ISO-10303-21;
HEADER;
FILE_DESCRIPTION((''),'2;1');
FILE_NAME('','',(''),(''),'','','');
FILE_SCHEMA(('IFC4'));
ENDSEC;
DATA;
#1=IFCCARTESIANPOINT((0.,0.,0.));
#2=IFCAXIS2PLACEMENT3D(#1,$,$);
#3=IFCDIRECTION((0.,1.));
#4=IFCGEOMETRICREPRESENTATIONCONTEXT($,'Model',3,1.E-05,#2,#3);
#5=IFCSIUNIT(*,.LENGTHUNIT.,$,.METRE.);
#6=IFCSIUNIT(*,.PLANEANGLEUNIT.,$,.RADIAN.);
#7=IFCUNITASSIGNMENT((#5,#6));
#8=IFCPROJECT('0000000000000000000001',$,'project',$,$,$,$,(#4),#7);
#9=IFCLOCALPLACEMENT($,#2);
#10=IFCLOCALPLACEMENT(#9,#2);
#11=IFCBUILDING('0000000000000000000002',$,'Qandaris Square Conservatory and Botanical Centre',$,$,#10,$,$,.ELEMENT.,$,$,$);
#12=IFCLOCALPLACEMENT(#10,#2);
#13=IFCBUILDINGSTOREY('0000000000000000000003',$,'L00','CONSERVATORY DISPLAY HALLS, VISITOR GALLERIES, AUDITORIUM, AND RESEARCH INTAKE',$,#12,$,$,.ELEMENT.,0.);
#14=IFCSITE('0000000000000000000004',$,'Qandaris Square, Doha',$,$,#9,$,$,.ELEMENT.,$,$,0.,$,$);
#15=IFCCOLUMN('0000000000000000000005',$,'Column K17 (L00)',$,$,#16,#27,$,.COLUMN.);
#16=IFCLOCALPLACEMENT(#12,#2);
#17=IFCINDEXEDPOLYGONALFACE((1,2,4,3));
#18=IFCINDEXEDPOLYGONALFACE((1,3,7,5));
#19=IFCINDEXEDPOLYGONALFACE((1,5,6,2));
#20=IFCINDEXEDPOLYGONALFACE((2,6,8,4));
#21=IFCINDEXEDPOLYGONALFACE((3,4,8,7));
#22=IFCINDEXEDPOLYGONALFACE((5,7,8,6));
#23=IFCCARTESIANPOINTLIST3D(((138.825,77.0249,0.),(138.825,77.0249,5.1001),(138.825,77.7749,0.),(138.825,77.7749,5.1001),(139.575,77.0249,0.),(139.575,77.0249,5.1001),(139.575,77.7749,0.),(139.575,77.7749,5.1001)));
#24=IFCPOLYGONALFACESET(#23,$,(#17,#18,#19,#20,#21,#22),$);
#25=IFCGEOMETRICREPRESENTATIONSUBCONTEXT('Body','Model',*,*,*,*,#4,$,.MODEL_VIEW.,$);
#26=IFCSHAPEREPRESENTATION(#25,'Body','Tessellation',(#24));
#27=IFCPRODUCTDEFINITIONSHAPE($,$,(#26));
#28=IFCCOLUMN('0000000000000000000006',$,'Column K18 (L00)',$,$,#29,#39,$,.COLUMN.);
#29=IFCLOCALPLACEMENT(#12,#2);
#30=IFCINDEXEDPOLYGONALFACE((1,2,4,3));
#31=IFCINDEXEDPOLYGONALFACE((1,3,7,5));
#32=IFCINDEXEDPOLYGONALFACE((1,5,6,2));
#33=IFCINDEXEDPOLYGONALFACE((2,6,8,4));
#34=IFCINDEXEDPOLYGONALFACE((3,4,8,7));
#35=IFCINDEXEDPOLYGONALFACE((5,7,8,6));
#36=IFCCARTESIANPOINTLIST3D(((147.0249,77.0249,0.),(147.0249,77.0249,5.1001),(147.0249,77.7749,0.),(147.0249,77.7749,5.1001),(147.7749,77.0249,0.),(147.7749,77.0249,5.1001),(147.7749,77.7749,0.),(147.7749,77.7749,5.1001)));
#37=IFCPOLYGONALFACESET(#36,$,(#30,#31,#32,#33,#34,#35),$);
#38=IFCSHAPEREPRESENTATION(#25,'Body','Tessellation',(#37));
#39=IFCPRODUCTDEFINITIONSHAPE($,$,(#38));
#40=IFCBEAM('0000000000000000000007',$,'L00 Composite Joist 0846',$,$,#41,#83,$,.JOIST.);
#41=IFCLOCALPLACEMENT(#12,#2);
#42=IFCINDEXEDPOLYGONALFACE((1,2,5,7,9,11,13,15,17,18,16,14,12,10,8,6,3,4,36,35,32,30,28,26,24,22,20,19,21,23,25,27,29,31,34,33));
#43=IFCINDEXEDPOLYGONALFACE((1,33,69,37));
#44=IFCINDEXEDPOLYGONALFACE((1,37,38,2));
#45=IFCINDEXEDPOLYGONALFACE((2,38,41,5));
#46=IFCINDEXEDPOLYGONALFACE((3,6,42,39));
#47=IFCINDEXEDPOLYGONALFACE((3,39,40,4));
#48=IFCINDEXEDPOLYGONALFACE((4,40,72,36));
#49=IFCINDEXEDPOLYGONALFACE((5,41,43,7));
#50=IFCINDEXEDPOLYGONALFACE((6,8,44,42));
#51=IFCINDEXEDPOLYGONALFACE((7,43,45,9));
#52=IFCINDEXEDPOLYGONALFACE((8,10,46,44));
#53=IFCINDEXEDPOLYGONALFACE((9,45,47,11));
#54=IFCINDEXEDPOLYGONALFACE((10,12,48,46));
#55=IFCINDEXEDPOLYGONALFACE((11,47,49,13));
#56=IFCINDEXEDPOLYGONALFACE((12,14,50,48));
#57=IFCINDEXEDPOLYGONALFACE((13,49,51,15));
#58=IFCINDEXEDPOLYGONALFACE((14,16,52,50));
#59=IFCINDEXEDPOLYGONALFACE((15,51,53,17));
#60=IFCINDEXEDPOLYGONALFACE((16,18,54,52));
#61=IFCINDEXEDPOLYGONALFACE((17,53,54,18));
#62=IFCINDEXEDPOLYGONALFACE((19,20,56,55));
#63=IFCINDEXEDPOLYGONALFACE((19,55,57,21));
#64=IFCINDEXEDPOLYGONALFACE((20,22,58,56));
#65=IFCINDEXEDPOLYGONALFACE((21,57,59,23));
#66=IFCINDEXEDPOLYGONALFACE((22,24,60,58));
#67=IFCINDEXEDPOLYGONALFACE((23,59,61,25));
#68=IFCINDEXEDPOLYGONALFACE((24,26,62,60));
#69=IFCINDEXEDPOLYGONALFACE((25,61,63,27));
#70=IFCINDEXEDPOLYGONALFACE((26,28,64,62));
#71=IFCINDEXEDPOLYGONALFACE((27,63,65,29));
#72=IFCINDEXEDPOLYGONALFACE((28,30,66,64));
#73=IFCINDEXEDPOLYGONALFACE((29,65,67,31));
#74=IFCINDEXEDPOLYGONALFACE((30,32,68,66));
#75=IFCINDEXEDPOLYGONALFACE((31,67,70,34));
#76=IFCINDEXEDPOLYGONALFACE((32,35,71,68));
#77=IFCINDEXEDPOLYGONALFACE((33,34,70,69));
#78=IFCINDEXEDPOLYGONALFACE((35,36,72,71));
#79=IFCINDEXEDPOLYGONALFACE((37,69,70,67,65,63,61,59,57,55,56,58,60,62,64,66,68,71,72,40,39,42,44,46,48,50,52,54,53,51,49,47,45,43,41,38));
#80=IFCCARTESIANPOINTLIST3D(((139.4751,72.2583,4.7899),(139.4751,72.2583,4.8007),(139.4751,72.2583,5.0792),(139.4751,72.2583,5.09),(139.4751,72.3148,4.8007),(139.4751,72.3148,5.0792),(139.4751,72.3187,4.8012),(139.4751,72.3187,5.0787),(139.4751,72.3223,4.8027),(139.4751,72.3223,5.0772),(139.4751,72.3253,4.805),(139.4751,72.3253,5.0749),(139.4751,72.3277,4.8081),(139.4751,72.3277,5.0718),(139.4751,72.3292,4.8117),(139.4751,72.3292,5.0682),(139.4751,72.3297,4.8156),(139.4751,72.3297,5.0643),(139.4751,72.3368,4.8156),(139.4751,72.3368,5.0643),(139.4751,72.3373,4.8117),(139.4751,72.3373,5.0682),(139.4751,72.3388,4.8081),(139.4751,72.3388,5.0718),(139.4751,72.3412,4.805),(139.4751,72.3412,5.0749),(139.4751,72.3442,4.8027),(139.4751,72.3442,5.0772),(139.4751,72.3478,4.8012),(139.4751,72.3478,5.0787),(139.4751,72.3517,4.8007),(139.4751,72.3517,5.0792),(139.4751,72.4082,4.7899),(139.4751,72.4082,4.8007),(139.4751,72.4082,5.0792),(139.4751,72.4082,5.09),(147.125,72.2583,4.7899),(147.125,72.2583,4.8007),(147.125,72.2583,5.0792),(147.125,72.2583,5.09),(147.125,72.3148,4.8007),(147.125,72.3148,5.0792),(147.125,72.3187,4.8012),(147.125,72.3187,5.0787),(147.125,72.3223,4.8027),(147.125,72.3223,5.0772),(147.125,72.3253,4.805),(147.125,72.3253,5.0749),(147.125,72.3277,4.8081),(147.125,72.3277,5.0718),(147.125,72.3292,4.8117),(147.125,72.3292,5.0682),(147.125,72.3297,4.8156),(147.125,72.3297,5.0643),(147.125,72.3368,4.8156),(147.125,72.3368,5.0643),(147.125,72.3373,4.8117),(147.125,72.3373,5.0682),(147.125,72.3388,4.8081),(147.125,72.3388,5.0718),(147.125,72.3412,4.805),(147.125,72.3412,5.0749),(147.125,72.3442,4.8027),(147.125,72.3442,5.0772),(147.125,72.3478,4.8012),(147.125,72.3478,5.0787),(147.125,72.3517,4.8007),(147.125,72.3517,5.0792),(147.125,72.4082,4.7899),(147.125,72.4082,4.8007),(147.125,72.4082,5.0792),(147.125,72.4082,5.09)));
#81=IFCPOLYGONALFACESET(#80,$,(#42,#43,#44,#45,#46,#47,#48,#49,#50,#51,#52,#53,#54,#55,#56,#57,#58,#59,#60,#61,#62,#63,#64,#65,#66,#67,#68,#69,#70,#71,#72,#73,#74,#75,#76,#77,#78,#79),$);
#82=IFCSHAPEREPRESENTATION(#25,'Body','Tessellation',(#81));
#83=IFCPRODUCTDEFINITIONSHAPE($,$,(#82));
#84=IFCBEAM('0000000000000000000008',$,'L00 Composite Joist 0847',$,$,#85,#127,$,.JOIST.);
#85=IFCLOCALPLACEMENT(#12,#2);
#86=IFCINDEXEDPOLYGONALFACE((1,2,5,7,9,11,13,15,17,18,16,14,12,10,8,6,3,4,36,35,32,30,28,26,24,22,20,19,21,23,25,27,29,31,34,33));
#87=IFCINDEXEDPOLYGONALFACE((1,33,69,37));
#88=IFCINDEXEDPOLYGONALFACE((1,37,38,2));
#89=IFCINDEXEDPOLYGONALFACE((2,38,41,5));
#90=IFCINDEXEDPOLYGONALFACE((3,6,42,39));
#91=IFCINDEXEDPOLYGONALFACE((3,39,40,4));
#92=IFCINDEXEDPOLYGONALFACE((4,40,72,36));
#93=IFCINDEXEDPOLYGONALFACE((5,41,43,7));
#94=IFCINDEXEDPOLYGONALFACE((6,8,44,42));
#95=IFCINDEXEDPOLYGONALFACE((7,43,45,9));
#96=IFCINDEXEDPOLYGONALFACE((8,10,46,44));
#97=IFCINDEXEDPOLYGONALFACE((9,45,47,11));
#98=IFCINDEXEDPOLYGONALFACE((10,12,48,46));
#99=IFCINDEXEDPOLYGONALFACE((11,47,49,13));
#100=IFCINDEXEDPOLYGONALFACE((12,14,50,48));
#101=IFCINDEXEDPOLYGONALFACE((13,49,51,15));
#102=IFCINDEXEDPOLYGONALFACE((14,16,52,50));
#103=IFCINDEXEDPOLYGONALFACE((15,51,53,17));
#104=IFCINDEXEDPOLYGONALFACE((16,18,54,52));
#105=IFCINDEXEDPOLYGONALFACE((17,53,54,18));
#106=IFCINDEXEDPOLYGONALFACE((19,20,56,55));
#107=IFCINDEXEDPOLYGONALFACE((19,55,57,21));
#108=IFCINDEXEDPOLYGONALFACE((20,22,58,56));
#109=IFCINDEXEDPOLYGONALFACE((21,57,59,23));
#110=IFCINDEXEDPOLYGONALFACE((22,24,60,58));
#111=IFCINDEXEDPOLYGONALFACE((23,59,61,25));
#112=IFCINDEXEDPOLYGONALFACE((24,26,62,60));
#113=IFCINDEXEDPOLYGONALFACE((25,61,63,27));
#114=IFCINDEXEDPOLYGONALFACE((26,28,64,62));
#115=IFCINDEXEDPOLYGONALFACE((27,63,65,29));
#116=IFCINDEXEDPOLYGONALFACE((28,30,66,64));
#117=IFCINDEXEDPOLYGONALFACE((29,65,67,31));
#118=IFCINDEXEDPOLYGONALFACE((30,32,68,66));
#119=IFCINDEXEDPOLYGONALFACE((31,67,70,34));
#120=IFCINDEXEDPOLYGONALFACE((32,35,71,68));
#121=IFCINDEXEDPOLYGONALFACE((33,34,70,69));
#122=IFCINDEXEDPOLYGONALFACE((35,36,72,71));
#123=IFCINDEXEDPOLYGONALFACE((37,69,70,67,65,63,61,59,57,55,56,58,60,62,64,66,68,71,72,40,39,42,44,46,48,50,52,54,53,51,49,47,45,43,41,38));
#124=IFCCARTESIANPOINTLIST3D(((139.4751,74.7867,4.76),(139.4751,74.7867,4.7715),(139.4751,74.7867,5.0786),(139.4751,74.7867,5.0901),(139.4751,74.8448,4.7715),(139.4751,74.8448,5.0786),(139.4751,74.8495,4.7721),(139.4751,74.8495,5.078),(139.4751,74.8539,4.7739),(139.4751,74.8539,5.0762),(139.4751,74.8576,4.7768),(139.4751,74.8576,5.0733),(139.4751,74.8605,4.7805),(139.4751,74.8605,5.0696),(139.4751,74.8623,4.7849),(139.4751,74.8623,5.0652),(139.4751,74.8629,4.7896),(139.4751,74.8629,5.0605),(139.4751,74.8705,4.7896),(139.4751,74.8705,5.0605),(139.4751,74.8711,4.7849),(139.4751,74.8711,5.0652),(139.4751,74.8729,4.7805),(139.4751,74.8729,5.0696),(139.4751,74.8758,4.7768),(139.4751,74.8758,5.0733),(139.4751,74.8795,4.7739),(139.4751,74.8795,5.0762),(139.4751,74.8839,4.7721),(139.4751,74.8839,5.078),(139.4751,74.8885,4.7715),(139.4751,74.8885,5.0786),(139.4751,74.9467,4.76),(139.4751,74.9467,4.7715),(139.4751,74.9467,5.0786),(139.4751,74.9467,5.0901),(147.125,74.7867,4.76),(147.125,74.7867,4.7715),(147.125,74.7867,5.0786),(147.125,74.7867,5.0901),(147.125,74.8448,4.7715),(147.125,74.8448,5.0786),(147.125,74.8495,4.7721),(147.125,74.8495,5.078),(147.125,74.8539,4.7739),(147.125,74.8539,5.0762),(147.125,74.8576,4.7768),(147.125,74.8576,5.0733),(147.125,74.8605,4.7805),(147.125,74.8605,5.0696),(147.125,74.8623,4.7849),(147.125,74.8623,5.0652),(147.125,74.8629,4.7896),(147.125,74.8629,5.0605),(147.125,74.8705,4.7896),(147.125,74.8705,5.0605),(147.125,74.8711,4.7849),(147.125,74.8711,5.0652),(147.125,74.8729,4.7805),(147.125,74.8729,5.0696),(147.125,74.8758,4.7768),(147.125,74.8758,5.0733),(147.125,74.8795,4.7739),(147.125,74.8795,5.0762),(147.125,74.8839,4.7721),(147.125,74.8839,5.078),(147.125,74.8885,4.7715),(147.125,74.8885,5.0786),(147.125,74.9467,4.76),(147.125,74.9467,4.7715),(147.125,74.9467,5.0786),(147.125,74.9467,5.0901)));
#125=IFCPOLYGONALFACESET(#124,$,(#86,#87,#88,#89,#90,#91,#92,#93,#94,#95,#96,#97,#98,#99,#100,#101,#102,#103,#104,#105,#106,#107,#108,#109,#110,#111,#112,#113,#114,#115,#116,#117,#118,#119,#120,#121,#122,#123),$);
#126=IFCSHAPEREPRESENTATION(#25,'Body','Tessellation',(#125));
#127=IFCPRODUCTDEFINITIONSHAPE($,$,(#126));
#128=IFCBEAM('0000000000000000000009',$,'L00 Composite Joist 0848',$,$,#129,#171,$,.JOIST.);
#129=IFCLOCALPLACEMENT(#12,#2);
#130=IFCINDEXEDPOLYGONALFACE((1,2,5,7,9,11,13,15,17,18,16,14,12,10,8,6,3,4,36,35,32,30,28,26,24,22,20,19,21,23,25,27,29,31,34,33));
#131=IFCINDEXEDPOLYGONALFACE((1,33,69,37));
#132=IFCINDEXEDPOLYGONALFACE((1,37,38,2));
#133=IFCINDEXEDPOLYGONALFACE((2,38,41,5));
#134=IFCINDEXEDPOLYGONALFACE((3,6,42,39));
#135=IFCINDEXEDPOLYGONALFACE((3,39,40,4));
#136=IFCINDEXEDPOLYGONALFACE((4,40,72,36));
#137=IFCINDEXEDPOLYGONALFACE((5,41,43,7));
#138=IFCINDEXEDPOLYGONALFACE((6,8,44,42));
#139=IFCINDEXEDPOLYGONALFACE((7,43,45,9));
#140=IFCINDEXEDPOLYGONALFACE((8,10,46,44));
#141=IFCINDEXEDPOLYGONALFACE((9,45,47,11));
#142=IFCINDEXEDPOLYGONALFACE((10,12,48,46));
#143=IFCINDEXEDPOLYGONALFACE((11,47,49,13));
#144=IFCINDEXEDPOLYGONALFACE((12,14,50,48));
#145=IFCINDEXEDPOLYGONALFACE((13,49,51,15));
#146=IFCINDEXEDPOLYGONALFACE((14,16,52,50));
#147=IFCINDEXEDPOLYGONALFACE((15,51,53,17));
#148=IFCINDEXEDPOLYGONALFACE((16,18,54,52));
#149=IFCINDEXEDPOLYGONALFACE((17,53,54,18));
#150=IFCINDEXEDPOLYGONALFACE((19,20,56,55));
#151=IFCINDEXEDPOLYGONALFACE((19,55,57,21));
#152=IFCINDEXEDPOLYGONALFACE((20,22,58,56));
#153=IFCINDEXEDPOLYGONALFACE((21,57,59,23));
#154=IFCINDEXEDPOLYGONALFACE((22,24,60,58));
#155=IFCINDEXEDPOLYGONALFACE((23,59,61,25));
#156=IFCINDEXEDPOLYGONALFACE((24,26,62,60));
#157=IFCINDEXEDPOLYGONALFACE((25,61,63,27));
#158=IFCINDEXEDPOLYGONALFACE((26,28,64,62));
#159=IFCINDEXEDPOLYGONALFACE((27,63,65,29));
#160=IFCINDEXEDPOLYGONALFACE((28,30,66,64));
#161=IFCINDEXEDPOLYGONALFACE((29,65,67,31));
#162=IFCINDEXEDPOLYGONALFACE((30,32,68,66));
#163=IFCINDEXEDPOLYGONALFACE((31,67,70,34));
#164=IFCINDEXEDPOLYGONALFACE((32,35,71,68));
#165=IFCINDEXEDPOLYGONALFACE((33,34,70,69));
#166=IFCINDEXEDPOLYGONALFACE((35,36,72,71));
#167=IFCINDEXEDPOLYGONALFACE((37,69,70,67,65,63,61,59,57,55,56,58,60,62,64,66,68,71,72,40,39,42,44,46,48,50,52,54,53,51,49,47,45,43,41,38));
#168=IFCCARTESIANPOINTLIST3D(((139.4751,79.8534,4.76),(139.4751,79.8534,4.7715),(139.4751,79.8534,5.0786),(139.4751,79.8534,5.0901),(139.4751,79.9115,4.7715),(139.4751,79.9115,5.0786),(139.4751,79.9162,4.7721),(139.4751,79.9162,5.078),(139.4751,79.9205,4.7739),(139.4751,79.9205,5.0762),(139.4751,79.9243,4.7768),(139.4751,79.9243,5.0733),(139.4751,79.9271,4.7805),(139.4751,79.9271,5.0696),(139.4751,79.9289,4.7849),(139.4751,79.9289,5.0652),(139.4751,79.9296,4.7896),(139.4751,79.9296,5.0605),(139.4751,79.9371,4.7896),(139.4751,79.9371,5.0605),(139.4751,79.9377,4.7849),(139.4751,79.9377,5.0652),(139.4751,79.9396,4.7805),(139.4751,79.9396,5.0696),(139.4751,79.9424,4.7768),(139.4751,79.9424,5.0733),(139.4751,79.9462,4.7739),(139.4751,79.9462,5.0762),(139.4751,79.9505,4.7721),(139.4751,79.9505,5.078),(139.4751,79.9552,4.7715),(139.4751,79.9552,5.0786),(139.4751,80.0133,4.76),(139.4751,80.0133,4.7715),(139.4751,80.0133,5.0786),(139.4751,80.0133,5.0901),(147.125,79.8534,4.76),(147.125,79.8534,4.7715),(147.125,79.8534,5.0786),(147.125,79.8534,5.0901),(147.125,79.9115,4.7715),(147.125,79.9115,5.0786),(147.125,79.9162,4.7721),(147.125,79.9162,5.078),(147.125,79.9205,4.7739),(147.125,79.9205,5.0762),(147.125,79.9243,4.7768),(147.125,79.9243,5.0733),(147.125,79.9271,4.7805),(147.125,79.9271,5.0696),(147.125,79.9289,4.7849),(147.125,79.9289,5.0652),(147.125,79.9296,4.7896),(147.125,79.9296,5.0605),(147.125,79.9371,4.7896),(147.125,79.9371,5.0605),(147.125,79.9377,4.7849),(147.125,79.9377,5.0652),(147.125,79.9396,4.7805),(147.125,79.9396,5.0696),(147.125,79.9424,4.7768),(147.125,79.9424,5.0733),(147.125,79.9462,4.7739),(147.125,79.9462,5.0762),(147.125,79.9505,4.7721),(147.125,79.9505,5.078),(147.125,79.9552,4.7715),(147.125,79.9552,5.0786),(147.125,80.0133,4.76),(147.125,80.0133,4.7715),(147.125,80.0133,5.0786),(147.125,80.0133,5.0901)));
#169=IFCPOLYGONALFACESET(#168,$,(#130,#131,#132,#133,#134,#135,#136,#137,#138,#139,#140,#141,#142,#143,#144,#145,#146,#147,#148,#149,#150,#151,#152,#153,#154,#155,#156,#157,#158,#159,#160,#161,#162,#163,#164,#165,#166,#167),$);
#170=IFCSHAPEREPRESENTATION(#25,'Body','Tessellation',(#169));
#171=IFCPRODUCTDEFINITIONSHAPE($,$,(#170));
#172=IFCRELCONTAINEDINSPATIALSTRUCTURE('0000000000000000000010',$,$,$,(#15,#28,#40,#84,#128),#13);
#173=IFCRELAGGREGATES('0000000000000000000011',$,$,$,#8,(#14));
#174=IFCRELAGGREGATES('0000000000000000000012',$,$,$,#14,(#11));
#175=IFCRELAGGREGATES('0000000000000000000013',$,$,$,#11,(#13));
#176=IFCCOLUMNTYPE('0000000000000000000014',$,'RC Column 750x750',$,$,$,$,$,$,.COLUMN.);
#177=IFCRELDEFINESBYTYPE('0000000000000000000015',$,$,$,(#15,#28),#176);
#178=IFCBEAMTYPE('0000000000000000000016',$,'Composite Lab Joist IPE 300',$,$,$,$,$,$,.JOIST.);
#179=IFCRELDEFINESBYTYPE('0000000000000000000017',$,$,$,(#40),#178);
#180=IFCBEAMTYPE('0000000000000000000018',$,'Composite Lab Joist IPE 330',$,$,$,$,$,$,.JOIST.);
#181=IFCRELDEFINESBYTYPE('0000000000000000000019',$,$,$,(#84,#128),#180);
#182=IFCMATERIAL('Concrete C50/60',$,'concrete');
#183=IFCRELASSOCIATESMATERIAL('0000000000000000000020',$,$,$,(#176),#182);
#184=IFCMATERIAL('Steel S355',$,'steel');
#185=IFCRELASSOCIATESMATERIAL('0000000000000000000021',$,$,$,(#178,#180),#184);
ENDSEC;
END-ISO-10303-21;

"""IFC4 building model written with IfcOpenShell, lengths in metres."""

from ifc_helpers import new_model, si_unit, direction, frame, origin, origin_2d, place, context, subcontext, project, spatial, rectangle, i_section, extrude, material, material_profile, profile_set, type_object, element, save


model = new_model("IFC4")

# Units and contexts
model_context = context("Model", 3, precision=1e-05, world=origin(), true_north=direction((0.0, 1.0)))
body_context = subcontext(model_context, "Body", "Model", "MODEL_VIEW")
ifc_project = project(units=[si_unit("LENGTHUNIT", "METRE"), si_unit("PLANEANGLEUNIT", "RADIAN")], contexts=[model_context])

# Site, building, storey
site_placement = place(None, origin())
site = spatial("IfcSite", under=ifc_project, at=site_placement, Name="Qandaris Square, Doha", CompositionType="ELEMENT", RefElevation=0.0)
building_placement = place(site_placement, origin())
building = spatial("IfcBuilding", under=site, at=building_placement, Name="Qandaris Square Conservatory and Botanical Centre", CompositionType="ELEMENT")
storey_placement = place(building_placement, origin())
storey = spatial("IfcBuildingStorey", under=building, at=storey_placement, Name="L00", Description="CONSERVATORY DISPLAY HALLS, VISITOR GALLERIES, AUDITORIUM, AND RESEARCH INTAKE", CompositionType="ELEMENT", Elevation=0.0)

# Columns
ifc_material_1 = material(Name="Concrete C50/60", Category="concrete")
ifc_material_profile_1 = material_profile(ifc_material_1, rectangle(XDim=0.75, YDim=0.75, at=origin_2d()), Name="RC-COL 750x750")
ifc_profile_set_1 = profile_set([ifc_material_profile_1], Name="Concrete C50/60")
column_type = type_object("IfcColumnType", Name="RC Column 750x750", PredefinedType="COLUMN", material=ifc_profile_set_1)
for number, where, z_axis, x_axis, name in (
    (1, (139.2, 77.3999, 0.0), (0.0, 0.0, 1.0), (1.0, 0.0, 0.0), "Column K17 (L00)"),
    (2, (147.3999, 77.3999, 0.0), (0.0, 0.0, 1.0), (1.0, 0.0, 0.0), "Column K18 (L00)"),
):
    element("IfcColumn", number, at=place(storey_placement, frame(where, z_axis=z_axis, x_axis=x_axis)), inside=storey, type_object=column_type, Name=name, PredefinedType="COLUMN", context=body_context, shape_type="SweptSolid", body=[
        extrude(rectangle(XDim=0.75, YDim=0.75, at=origin_2d()), origin(), (0.0, 0.0, 1.0), 5.1001),
    ])

# Beams
ifc_material_2 = material(Name="Steel S355", Category="steel")
ifc_material_profile_2 = material_profile(ifc_material_2, i_section(OverallWidth=0.1499, OverallDepth=0.3, WebThickness=0.0071, FlangeThickness=0.0107, FilletRadius=0.0149, at=origin_2d()), Name="IPE 300")
ifc_profile_set_2 = profile_set([ifc_material_profile_2], Name="Steel S355")
beam_type_1 = type_object("IfcBeamType", Name="Composite Lab Joist IPE 300", PredefinedType="JOIST", material=ifc_profile_set_2)
beam_1_placement = place(storey_placement, frame((139.4751, 72.3333, 4.9399), z_axis=(1.0, 0.0, 0.0), x_axis=(0.0, 1.0, 0.0)))
element("IfcBeam", 3, at=beam_1_placement, inside=storey, type_object=beam_type_1, Name="L00 Composite Joist 0846", PredefinedType="JOIST", context=body_context, shape_type="SweptSolid", body=[
    extrude(i_section(OverallWidth=0.1499, OverallDepth=0.3, WebThickness=0.0071, FlangeThickness=0.0107, FilletRadius=0.0149, at=origin_2d()), origin(), (0.0, 0.0, 1.0), 7.6499),
])
ifc_material_profile_3 = material_profile(ifc_material_2, i_section(OverallWidth=0.1599, OverallDepth=0.3301, WebThickness=0.0076, FlangeThickness=0.0115, FilletRadius=0.0181, at=origin_2d()), Name="IPE 330")
ifc_profile_set_3 = profile_set([ifc_material_profile_3], Name="Steel S355")
beam_type_2 = type_object("IfcBeamType", Name="Composite Lab Joist IPE 330", PredefinedType="JOIST", material=ifc_profile_set_3)
for number, where, z_axis, x_axis, name in (
    (4, (139.4751, 74.8667, 4.925), (1.0, 0.0, 0.0), (0.0, 1.0, 0.0), "L00 Composite Joist 0847"),
    (5, (139.4751, 79.9333, 4.925), (1.0, 0.0, 0.0), (0.0, 1.0, 0.0), "L00 Composite Joist 0848"),
):
    element("IfcBeam", number, at=place(storey_placement, frame(where, z_axis=z_axis, x_axis=x_axis)), inside=storey, type_object=beam_type_2, Name=name, PredefinedType="JOIST", context=body_context, shape_type="SweptSolid", body=[
        extrude(i_section(OverallWidth=0.1599, OverallDepth=0.3301, WebThickness=0.0076, FlangeThickness=0.0115, FilletRadius=0.0181, at=origin_2d()), origin(), (0.0, 0.0, 1.0), 7.6499),
    ])

save(model, "model.ifc")
